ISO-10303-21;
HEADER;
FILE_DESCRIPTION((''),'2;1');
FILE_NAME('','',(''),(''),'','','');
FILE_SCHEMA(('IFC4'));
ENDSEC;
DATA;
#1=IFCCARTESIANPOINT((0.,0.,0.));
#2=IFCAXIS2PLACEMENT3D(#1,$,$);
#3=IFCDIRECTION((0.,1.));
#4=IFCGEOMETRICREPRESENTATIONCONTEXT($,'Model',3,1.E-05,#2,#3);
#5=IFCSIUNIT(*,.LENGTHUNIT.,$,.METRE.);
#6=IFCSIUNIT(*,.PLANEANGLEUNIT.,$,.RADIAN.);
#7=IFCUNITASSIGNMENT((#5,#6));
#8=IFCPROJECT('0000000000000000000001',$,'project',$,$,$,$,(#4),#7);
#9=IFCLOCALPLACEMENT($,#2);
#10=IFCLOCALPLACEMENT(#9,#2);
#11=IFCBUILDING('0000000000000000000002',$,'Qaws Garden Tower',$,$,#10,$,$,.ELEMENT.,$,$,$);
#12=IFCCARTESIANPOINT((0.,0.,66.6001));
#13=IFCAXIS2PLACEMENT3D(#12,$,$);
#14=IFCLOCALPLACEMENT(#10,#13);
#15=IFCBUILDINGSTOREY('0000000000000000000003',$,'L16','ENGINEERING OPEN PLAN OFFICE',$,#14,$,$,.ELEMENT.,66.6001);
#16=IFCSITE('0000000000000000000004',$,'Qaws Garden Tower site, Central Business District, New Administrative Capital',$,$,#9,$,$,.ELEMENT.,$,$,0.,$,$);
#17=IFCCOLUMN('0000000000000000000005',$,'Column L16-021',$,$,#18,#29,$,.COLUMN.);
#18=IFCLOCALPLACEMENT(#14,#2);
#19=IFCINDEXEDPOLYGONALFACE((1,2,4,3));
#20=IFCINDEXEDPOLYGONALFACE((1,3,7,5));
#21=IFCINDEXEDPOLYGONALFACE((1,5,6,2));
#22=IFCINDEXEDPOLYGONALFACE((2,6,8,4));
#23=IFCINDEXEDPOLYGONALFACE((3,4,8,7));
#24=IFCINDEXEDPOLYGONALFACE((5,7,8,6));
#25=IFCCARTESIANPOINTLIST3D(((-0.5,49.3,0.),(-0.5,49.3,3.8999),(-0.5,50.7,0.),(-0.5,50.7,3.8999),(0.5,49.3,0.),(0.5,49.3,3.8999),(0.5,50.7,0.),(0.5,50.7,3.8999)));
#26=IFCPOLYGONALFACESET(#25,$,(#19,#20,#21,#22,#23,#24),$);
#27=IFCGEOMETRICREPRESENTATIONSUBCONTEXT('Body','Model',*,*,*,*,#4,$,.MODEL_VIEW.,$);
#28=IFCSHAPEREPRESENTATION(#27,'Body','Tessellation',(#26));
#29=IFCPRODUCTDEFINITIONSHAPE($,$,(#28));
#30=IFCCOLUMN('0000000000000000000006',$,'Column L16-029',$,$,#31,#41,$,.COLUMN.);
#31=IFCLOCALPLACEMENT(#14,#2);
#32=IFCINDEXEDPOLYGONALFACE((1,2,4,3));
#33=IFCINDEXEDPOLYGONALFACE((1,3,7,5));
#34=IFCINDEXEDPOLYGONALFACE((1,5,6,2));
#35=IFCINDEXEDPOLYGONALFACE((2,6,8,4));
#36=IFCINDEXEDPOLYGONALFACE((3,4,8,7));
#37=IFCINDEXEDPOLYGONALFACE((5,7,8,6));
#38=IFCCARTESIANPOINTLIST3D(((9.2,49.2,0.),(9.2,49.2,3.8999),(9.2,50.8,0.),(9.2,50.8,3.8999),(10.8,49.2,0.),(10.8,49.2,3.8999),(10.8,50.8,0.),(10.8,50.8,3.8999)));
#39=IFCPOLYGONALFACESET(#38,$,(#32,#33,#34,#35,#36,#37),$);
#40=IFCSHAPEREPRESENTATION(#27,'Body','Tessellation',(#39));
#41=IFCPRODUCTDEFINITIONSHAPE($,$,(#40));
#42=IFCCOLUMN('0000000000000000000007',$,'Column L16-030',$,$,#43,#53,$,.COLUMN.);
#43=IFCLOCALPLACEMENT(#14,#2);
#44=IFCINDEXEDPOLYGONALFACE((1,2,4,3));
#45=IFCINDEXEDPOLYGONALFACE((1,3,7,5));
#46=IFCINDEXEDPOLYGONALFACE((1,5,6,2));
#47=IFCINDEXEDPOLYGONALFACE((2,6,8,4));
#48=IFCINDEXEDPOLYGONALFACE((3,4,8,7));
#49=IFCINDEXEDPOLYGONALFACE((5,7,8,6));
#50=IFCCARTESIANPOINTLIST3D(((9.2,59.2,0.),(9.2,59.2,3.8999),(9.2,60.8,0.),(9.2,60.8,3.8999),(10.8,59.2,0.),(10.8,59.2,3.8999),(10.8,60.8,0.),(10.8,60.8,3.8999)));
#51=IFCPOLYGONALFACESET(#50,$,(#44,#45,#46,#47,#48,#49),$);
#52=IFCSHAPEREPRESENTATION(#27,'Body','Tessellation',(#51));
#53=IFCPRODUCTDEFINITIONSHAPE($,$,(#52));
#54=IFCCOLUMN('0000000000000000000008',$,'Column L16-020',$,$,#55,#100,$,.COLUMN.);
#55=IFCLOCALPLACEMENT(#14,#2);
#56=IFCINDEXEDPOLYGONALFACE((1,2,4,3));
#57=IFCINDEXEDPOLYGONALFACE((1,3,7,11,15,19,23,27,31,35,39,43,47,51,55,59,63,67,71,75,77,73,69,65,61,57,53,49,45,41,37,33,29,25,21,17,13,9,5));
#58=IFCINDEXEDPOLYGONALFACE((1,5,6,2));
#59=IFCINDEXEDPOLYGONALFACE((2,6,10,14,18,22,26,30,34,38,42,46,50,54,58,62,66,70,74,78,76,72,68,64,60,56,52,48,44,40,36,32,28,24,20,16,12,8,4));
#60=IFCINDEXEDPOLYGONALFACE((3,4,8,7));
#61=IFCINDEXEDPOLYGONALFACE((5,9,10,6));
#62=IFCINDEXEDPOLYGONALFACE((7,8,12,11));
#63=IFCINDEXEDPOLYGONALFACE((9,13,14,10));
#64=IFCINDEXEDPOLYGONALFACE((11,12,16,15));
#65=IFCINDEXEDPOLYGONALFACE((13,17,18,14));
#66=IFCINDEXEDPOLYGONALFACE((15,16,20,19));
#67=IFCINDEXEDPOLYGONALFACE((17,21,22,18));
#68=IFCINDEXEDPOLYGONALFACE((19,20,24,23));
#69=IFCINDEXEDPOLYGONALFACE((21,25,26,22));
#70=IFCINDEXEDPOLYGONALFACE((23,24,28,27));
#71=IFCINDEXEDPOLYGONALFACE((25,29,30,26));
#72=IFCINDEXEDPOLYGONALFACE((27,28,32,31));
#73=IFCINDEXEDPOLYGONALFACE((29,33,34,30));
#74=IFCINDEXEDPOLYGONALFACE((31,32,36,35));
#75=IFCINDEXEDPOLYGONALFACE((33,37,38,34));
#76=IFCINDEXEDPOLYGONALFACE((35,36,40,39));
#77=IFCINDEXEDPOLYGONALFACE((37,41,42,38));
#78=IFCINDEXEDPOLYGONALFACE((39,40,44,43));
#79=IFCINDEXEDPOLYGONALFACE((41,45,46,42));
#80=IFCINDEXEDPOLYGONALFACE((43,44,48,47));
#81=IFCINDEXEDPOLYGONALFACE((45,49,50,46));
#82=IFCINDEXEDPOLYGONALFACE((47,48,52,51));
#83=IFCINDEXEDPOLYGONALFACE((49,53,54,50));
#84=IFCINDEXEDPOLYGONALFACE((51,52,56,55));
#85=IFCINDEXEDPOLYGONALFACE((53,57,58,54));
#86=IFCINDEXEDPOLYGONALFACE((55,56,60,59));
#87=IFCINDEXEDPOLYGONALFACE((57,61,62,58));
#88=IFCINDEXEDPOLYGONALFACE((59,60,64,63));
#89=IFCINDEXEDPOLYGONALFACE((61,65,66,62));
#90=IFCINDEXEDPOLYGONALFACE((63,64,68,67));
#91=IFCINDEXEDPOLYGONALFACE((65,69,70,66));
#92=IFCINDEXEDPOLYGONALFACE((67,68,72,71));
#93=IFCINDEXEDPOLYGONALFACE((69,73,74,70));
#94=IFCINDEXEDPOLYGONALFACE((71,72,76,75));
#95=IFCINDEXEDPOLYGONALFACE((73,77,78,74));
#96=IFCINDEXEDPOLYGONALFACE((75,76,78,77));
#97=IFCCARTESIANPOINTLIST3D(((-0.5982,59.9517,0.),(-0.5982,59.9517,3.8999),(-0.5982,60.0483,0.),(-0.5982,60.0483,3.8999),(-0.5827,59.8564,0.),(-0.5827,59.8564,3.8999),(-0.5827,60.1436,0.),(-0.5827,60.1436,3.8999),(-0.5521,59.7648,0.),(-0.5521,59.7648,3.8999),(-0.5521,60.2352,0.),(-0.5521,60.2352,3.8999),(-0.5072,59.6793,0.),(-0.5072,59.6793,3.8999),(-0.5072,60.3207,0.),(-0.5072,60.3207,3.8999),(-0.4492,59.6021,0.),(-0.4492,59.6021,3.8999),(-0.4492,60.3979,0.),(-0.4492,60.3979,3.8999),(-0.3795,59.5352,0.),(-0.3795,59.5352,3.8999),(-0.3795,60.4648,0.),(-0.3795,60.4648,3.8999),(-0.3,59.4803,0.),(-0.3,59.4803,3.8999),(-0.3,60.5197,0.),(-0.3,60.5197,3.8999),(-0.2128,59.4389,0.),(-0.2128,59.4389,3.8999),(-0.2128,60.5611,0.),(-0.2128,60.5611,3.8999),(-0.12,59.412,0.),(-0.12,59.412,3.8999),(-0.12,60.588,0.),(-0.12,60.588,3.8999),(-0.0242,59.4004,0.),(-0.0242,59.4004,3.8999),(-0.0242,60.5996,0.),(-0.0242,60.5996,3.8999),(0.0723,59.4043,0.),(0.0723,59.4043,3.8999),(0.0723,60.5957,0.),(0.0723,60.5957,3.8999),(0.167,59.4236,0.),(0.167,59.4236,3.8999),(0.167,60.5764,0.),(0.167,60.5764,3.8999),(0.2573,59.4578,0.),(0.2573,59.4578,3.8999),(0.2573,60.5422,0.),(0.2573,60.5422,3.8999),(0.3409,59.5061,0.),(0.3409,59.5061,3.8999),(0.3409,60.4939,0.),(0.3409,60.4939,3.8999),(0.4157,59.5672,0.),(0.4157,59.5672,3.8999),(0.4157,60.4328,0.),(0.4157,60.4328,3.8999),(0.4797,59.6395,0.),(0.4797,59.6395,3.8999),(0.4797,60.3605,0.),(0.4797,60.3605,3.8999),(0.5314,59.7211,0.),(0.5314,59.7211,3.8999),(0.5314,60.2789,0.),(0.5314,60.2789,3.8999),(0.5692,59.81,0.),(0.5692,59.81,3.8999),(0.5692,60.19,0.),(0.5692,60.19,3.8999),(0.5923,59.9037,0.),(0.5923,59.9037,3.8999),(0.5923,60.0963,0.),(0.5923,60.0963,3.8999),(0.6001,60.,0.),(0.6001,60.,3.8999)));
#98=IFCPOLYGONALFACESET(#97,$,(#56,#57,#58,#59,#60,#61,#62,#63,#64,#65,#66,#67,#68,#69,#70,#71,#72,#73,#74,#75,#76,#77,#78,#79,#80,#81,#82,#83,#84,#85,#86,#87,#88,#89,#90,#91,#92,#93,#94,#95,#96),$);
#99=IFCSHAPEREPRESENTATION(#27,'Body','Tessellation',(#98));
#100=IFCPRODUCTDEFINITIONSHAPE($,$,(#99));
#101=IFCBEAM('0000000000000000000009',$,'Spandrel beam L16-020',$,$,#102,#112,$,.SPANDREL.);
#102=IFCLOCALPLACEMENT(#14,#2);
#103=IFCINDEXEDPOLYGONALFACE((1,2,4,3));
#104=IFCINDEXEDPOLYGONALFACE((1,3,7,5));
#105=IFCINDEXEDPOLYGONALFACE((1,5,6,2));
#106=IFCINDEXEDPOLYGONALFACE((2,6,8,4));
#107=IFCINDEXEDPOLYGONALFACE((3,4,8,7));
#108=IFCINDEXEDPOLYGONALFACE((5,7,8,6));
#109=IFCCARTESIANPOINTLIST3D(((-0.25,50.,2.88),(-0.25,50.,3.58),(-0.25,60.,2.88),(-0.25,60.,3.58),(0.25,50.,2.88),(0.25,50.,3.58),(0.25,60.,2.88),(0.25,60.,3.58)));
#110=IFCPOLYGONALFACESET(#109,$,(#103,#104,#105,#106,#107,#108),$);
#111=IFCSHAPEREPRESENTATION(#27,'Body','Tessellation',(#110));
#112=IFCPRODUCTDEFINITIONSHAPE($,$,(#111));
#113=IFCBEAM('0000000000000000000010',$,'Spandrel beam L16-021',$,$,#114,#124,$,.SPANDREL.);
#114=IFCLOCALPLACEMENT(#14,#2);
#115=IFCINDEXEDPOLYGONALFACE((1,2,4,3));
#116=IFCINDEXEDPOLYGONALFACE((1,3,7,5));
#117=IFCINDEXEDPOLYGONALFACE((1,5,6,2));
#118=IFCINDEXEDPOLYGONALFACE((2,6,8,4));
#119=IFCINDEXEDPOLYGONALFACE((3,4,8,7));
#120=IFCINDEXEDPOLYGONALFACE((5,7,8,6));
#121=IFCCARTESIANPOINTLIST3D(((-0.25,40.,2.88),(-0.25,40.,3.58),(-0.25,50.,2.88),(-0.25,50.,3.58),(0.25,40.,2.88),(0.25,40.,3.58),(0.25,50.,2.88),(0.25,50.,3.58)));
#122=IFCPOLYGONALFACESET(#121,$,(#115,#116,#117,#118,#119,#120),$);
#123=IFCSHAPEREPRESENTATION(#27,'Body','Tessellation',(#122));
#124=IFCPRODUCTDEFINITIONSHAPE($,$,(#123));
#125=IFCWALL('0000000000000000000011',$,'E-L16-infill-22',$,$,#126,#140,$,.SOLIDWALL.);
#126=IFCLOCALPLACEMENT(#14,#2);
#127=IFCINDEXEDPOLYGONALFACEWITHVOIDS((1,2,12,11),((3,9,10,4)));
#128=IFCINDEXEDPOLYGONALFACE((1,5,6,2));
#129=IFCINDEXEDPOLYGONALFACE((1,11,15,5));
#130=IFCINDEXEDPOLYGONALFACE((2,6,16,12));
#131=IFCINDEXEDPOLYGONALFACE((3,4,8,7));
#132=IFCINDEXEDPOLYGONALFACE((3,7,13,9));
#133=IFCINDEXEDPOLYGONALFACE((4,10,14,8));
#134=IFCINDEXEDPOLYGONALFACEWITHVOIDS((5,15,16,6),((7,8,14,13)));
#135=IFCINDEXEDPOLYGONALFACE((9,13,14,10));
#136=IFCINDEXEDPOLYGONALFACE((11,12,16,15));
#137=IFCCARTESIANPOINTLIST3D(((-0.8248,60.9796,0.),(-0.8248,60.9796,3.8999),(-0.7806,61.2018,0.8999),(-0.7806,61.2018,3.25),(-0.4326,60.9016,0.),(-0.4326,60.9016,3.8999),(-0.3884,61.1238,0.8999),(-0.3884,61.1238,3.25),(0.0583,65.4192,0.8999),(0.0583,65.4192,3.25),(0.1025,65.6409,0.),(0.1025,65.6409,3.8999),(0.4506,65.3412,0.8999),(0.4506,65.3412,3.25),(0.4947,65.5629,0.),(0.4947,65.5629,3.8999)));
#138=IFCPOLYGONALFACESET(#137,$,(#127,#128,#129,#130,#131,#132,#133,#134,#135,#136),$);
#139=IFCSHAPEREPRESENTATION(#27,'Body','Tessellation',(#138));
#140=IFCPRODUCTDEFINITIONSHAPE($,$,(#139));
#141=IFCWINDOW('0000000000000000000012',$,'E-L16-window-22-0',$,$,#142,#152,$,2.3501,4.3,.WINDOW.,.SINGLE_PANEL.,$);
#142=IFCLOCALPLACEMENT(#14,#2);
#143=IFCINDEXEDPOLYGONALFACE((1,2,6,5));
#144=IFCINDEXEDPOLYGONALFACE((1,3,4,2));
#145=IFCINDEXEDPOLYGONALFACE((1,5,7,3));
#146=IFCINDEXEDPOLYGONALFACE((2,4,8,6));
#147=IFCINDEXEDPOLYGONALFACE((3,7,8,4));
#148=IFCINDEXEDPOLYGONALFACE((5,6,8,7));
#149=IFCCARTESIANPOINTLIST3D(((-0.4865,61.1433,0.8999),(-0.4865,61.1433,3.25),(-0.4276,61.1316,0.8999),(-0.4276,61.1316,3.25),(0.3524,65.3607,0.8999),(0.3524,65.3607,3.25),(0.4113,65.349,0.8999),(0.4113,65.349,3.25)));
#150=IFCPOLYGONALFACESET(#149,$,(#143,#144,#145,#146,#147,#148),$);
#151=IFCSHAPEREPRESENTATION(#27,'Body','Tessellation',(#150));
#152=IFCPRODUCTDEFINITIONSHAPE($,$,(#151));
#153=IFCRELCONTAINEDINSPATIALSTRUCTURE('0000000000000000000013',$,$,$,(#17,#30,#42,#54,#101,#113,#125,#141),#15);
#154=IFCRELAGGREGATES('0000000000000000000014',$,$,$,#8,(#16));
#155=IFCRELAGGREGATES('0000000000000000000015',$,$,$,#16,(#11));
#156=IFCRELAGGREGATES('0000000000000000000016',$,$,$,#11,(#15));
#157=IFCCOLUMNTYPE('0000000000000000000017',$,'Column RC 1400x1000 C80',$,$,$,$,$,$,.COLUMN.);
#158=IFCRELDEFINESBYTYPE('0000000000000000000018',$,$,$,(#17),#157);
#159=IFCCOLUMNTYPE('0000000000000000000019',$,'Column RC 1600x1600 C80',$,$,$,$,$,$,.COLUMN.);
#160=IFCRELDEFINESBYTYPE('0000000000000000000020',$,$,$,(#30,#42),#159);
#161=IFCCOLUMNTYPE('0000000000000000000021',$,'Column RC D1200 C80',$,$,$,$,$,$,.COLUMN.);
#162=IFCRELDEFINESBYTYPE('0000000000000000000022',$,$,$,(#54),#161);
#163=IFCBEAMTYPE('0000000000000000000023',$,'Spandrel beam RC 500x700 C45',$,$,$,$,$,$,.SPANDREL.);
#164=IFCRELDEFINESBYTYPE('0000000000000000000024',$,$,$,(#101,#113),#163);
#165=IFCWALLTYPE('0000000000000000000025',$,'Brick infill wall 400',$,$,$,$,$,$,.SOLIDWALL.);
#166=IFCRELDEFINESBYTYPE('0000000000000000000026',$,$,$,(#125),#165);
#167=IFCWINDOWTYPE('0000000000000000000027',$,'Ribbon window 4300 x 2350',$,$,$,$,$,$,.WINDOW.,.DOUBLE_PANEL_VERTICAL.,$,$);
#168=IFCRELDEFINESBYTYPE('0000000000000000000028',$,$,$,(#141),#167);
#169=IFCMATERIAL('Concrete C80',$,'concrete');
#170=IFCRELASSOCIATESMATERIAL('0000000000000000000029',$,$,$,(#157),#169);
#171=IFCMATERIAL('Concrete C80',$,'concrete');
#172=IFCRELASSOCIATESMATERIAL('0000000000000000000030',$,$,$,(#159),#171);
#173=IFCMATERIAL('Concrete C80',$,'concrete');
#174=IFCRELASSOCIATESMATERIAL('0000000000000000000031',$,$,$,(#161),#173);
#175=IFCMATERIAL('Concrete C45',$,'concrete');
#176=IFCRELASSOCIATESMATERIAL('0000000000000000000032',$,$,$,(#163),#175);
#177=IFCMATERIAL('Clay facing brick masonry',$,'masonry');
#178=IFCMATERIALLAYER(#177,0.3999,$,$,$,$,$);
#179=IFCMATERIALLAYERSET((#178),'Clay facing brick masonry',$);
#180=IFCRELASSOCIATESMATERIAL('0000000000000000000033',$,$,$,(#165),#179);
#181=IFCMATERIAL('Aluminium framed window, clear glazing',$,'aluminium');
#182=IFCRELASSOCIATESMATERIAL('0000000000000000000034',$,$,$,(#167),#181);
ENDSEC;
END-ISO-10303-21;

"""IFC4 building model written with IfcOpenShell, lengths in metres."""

from ifc_helpers import new_model, si_unit, direction, frame, frame_2d, origin, origin_2d, place, context, subcontext, project, spatial, rectangle, circle, extrude, material, layer, layer_set, material_profile, profile_set, type_object, element, fill, save


model = new_model("IFC4")

# Units and contexts
model_context = context("Model", 3, precision=1e-05, world=origin(), true_north=direction((0.0, 1.0)))
body_context = subcontext(model_context, "Body", "Model", "MODEL_VIEW")
ifc_project = project(units=[si_unit("LENGTHUNIT", "METRE"), si_unit("PLANEANGLEUNIT", "RADIAN")], contexts=[model_context])

# Site, building, storey
site_placement = place(None, origin())
site = spatial("IfcSite", under=ifc_project, at=site_placement, Name="Qaws Garden Tower site, Central Business District, New Administrative Capital", CompositionType="ELEMENT", RefElevation=0.0)
building_placement = place(site_placement, origin())
building = spatial("IfcBuilding", under=site, at=building_placement, Name="Qaws Garden Tower", CompositionType="ELEMENT")
storey_placement = place(building_placement, frame((0.0, 0.0, 66.6001)))
storey = spatial("IfcBuildingStorey", under=building, at=storey_placement, Name="L16", Description="ENGINEERING OPEN PLAN OFFICE", CompositionType="ELEMENT", Elevation=66.6001)

# Columns
ifc_material_1 = material(Name="Concrete C80", Category="concrete")
ifc_material_profile_1 = material_profile(ifc_material_1, rectangle(XDim=1.3999, YDim=1.0, at=origin_2d()), Name="RC 1400x1000")
ifc_profile_set_1 = profile_set([ifc_material_profile_1], Name="Concrete C80")
column_type_1 = type_object("IfcColumnType", Name="Column RC 1400x1000 C80", PredefinedType="COLUMN", material=ifc_profile_set_1)
column_1_placement = place(storey_placement, frame((0.0, 50.0, 0.0), z_axis=(0.0, 0.0, 1.0), x_axis=(0.0, 1.0, 0.0)))
element("IfcColumn", 1, at=column_1_placement, inside=storey, type_object=column_type_1, Name="Column L16-021", PredefinedType="COLUMN", context=body_context, shape_type="SweptSolid", body=[
    extrude(rectangle(XDim=1.3999, YDim=1.0, at=origin_2d()), origin(), (0.0, 0.0, 1.0), 3.8999),
])
ifc_material_2 = material(Name="Concrete C80", Category="concrete")
ifc_material_profile_2 = material_profile(ifc_material_2, rectangle(XDim=1.6001, YDim=1.6001, at=origin_2d()), Name="RC 1600x1600")
ifc_profile_set_2 = profile_set([ifc_material_profile_2], Name="Concrete C80")
column_type_2 = type_object("IfcColumnType", Name="Column RC 1600x1600 C80", PredefinedType="COLUMN", material=ifc_profile_set_2)
for number, where, z_axis, x_axis, name in (
    (2, (10.0, 50.0, 0.0), (0.0, 0.0, 1.0), (1.0, 0.0, 0.0), "Column L16-029"),
    (3, (10.0, 60.0, 0.0), (0.0, 0.0, 1.0), (1.0, 0.0, 0.0), "Column L16-030"),
):
    element("IfcColumn", number, at=place(storey_placement, frame(where, z_axis=z_axis, x_axis=x_axis)), inside=storey, type_object=column_type_2, Name=name, PredefinedType="COLUMN", context=body_context, shape_type="SweptSolid", body=[
        extrude(rectangle(XDim=1.6001, YDim=1.6001, at=origin_2d()), origin(), (0.0, 0.0, 1.0), 3.8999),
    ])
ifc_material_3 = material(Name="Concrete C80", Category="concrete")
ifc_material_profile_3 = material_profile(ifc_material_3, circle(Radius=0.6001, at=origin_2d()), Name="RC D1200")
ifc_profile_set_3 = profile_set([ifc_material_profile_3], Name="Concrete C80")
column_type_3 = type_object("IfcColumnType", Name="Column RC D1200 C80", PredefinedType="COLUMN", material=ifc_profile_set_3)
column_2_placement = place(storey_placement, frame((0.0, 60.0, 0.0), z_axis=(0.0, 0.0, 1.0), x_axis=(1.0, 0.0, 0.0)))
element("IfcColumn", 4, at=column_2_placement, inside=storey, type_object=column_type_3, Name="Column L16-020", PredefinedType="COLUMN", context=body_context, shape_type="SweptSolid", body=[
    extrude(circle(Radius=0.6001, at=origin_2d()), origin(), (0.0, 0.0, 1.0), 3.8999),
])

# Beams
ifc_material_4 = material(Name="Concrete C45", Category="concrete")
ifc_material_profile_4 = material_profile(ifc_material_4, rectangle(XDim=0.5, YDim=0.7, at=origin_2d()), Name="RC 500x700")
ifc_profile_set_4 = profile_set([ifc_material_profile_4], Name="Concrete C45")
beam_type = type_object("IfcBeamType", Name="Spandrel beam RC 500x700 C45", PredefinedType="SPANDREL", material=ifc_profile_set_4)
for number, where, z_axis, x_axis, name in (
    (5, (0.0, 60.0, 3.23), (0.0, -1.0, 0.0), (1.0, 0.0, 0.0), "Spandrel beam L16-020"),
    (6, (0.0, 50.0, 3.23), (0.0, -1.0, 0.0), (1.0, 0.0, 0.0), "Spandrel beam L16-021"),
):
    element("IfcBeam", number, at=place(storey_placement, frame(where, z_axis=z_axis, x_axis=x_axis)), inside=storey, type_object=beam_type, Name=name, PredefinedType="SPANDREL", context=body_context, shape_type="SweptSolid", body=[
        extrude(rectangle(XDim=0.5, YDim=0.7, at=origin_2d()), origin(), (0.0, 0.0, 1.0), 10.0),
    ])

# Wall, opening, window
ifc_material_5 = material(Name="Clay facing brick masonry", Category="masonry")
ifc_layer_1 = layer(ifc_material_5, 0.3999)
ifc_layer_set_1 = layer_set([ifc_layer_1], Name="Clay facing brick masonry")
wall_type_1 = type_object("IfcWallType", Name="Brick infill wall 400", PredefinedType="SOLIDWALL", material=ifc_layer_set_1)
wall_1_placement = place(storey_placement, frame((0.2986, 65.6021, 0.0), z_axis=(0.0, 0.0, 1.0), x_axis=(-0.195099, -0.980784, 0.0)))
wall_1 = element("IfcWall", 7, at=wall_1_placement, inside=storey, type_object=wall_type_1, Name="E-L16-infill-22", PredefinedType="SOLIDWALL", context=body_context, shape_type="SweptSolid", body=[
    extrude(rectangle(XDim=4.7527, YDim=0.3999, at=frame_2d((2.3765, 0.0))), origin(), (0.0, 0.0, 1.0), 3.8999),
])
opening_1_placement = place(wall_1_placement, frame((0.2263, 0.0, 0.8999)))
opening_1 = element("IfcOpeningElement", 8, at=opening_1_placement, cuts=wall_1, PredefinedType="OPENING", context=body_context, shape_type="SweptSolid", body=[
    extrude(rectangle(XDim=4.3, YDim=2.3501, at=frame_2d((2.1499, 1.175))), frame((0.0, 0.21, 0.0), z_axis=(0.0, -1.0, 0.0), x_axis=(1.0, 0.0, 0.0)), (0.0, 0.0, 1.0), 0.4199),
])
ifc_material_6 = material(Name="Aluminium framed window, clear glazing", Category="aluminium")
window_type_1 = type_object("IfcWindowType", Name="Ribbon window 4300 x 2350", PartitioningType="DOUBLE_PANEL_VERTICAL", PredefinedType="WINDOW", material=ifc_material_6)
window_1_placement = place(opening_1_placement, origin())
window_1 = element("IfcWindow", 9, at=window_1_placement, inside=storey, type_object=window_type_1, Name="E-L16-window-22-0", OverallHeight=2.3501, OverallWidth=4.3, PartitioningType="SINGLE_PANEL", PredefinedType="WINDOW", context=body_context, shape_type="SweptSolid", body=[
    extrude(rectangle(XDim=4.3, YDim=2.3501, at=frame_2d((2.1499, 1.175))), frame((0.0, 0.1599, 0.0), z_axis=(0.0, -1.0, 0.0), x_axis=(1.0, 0.0, 0.0)), (0.0, 0.0, 1.0), 0.0601),
])
fill(opening_1, window_1)

save(model, "model.ifc")
